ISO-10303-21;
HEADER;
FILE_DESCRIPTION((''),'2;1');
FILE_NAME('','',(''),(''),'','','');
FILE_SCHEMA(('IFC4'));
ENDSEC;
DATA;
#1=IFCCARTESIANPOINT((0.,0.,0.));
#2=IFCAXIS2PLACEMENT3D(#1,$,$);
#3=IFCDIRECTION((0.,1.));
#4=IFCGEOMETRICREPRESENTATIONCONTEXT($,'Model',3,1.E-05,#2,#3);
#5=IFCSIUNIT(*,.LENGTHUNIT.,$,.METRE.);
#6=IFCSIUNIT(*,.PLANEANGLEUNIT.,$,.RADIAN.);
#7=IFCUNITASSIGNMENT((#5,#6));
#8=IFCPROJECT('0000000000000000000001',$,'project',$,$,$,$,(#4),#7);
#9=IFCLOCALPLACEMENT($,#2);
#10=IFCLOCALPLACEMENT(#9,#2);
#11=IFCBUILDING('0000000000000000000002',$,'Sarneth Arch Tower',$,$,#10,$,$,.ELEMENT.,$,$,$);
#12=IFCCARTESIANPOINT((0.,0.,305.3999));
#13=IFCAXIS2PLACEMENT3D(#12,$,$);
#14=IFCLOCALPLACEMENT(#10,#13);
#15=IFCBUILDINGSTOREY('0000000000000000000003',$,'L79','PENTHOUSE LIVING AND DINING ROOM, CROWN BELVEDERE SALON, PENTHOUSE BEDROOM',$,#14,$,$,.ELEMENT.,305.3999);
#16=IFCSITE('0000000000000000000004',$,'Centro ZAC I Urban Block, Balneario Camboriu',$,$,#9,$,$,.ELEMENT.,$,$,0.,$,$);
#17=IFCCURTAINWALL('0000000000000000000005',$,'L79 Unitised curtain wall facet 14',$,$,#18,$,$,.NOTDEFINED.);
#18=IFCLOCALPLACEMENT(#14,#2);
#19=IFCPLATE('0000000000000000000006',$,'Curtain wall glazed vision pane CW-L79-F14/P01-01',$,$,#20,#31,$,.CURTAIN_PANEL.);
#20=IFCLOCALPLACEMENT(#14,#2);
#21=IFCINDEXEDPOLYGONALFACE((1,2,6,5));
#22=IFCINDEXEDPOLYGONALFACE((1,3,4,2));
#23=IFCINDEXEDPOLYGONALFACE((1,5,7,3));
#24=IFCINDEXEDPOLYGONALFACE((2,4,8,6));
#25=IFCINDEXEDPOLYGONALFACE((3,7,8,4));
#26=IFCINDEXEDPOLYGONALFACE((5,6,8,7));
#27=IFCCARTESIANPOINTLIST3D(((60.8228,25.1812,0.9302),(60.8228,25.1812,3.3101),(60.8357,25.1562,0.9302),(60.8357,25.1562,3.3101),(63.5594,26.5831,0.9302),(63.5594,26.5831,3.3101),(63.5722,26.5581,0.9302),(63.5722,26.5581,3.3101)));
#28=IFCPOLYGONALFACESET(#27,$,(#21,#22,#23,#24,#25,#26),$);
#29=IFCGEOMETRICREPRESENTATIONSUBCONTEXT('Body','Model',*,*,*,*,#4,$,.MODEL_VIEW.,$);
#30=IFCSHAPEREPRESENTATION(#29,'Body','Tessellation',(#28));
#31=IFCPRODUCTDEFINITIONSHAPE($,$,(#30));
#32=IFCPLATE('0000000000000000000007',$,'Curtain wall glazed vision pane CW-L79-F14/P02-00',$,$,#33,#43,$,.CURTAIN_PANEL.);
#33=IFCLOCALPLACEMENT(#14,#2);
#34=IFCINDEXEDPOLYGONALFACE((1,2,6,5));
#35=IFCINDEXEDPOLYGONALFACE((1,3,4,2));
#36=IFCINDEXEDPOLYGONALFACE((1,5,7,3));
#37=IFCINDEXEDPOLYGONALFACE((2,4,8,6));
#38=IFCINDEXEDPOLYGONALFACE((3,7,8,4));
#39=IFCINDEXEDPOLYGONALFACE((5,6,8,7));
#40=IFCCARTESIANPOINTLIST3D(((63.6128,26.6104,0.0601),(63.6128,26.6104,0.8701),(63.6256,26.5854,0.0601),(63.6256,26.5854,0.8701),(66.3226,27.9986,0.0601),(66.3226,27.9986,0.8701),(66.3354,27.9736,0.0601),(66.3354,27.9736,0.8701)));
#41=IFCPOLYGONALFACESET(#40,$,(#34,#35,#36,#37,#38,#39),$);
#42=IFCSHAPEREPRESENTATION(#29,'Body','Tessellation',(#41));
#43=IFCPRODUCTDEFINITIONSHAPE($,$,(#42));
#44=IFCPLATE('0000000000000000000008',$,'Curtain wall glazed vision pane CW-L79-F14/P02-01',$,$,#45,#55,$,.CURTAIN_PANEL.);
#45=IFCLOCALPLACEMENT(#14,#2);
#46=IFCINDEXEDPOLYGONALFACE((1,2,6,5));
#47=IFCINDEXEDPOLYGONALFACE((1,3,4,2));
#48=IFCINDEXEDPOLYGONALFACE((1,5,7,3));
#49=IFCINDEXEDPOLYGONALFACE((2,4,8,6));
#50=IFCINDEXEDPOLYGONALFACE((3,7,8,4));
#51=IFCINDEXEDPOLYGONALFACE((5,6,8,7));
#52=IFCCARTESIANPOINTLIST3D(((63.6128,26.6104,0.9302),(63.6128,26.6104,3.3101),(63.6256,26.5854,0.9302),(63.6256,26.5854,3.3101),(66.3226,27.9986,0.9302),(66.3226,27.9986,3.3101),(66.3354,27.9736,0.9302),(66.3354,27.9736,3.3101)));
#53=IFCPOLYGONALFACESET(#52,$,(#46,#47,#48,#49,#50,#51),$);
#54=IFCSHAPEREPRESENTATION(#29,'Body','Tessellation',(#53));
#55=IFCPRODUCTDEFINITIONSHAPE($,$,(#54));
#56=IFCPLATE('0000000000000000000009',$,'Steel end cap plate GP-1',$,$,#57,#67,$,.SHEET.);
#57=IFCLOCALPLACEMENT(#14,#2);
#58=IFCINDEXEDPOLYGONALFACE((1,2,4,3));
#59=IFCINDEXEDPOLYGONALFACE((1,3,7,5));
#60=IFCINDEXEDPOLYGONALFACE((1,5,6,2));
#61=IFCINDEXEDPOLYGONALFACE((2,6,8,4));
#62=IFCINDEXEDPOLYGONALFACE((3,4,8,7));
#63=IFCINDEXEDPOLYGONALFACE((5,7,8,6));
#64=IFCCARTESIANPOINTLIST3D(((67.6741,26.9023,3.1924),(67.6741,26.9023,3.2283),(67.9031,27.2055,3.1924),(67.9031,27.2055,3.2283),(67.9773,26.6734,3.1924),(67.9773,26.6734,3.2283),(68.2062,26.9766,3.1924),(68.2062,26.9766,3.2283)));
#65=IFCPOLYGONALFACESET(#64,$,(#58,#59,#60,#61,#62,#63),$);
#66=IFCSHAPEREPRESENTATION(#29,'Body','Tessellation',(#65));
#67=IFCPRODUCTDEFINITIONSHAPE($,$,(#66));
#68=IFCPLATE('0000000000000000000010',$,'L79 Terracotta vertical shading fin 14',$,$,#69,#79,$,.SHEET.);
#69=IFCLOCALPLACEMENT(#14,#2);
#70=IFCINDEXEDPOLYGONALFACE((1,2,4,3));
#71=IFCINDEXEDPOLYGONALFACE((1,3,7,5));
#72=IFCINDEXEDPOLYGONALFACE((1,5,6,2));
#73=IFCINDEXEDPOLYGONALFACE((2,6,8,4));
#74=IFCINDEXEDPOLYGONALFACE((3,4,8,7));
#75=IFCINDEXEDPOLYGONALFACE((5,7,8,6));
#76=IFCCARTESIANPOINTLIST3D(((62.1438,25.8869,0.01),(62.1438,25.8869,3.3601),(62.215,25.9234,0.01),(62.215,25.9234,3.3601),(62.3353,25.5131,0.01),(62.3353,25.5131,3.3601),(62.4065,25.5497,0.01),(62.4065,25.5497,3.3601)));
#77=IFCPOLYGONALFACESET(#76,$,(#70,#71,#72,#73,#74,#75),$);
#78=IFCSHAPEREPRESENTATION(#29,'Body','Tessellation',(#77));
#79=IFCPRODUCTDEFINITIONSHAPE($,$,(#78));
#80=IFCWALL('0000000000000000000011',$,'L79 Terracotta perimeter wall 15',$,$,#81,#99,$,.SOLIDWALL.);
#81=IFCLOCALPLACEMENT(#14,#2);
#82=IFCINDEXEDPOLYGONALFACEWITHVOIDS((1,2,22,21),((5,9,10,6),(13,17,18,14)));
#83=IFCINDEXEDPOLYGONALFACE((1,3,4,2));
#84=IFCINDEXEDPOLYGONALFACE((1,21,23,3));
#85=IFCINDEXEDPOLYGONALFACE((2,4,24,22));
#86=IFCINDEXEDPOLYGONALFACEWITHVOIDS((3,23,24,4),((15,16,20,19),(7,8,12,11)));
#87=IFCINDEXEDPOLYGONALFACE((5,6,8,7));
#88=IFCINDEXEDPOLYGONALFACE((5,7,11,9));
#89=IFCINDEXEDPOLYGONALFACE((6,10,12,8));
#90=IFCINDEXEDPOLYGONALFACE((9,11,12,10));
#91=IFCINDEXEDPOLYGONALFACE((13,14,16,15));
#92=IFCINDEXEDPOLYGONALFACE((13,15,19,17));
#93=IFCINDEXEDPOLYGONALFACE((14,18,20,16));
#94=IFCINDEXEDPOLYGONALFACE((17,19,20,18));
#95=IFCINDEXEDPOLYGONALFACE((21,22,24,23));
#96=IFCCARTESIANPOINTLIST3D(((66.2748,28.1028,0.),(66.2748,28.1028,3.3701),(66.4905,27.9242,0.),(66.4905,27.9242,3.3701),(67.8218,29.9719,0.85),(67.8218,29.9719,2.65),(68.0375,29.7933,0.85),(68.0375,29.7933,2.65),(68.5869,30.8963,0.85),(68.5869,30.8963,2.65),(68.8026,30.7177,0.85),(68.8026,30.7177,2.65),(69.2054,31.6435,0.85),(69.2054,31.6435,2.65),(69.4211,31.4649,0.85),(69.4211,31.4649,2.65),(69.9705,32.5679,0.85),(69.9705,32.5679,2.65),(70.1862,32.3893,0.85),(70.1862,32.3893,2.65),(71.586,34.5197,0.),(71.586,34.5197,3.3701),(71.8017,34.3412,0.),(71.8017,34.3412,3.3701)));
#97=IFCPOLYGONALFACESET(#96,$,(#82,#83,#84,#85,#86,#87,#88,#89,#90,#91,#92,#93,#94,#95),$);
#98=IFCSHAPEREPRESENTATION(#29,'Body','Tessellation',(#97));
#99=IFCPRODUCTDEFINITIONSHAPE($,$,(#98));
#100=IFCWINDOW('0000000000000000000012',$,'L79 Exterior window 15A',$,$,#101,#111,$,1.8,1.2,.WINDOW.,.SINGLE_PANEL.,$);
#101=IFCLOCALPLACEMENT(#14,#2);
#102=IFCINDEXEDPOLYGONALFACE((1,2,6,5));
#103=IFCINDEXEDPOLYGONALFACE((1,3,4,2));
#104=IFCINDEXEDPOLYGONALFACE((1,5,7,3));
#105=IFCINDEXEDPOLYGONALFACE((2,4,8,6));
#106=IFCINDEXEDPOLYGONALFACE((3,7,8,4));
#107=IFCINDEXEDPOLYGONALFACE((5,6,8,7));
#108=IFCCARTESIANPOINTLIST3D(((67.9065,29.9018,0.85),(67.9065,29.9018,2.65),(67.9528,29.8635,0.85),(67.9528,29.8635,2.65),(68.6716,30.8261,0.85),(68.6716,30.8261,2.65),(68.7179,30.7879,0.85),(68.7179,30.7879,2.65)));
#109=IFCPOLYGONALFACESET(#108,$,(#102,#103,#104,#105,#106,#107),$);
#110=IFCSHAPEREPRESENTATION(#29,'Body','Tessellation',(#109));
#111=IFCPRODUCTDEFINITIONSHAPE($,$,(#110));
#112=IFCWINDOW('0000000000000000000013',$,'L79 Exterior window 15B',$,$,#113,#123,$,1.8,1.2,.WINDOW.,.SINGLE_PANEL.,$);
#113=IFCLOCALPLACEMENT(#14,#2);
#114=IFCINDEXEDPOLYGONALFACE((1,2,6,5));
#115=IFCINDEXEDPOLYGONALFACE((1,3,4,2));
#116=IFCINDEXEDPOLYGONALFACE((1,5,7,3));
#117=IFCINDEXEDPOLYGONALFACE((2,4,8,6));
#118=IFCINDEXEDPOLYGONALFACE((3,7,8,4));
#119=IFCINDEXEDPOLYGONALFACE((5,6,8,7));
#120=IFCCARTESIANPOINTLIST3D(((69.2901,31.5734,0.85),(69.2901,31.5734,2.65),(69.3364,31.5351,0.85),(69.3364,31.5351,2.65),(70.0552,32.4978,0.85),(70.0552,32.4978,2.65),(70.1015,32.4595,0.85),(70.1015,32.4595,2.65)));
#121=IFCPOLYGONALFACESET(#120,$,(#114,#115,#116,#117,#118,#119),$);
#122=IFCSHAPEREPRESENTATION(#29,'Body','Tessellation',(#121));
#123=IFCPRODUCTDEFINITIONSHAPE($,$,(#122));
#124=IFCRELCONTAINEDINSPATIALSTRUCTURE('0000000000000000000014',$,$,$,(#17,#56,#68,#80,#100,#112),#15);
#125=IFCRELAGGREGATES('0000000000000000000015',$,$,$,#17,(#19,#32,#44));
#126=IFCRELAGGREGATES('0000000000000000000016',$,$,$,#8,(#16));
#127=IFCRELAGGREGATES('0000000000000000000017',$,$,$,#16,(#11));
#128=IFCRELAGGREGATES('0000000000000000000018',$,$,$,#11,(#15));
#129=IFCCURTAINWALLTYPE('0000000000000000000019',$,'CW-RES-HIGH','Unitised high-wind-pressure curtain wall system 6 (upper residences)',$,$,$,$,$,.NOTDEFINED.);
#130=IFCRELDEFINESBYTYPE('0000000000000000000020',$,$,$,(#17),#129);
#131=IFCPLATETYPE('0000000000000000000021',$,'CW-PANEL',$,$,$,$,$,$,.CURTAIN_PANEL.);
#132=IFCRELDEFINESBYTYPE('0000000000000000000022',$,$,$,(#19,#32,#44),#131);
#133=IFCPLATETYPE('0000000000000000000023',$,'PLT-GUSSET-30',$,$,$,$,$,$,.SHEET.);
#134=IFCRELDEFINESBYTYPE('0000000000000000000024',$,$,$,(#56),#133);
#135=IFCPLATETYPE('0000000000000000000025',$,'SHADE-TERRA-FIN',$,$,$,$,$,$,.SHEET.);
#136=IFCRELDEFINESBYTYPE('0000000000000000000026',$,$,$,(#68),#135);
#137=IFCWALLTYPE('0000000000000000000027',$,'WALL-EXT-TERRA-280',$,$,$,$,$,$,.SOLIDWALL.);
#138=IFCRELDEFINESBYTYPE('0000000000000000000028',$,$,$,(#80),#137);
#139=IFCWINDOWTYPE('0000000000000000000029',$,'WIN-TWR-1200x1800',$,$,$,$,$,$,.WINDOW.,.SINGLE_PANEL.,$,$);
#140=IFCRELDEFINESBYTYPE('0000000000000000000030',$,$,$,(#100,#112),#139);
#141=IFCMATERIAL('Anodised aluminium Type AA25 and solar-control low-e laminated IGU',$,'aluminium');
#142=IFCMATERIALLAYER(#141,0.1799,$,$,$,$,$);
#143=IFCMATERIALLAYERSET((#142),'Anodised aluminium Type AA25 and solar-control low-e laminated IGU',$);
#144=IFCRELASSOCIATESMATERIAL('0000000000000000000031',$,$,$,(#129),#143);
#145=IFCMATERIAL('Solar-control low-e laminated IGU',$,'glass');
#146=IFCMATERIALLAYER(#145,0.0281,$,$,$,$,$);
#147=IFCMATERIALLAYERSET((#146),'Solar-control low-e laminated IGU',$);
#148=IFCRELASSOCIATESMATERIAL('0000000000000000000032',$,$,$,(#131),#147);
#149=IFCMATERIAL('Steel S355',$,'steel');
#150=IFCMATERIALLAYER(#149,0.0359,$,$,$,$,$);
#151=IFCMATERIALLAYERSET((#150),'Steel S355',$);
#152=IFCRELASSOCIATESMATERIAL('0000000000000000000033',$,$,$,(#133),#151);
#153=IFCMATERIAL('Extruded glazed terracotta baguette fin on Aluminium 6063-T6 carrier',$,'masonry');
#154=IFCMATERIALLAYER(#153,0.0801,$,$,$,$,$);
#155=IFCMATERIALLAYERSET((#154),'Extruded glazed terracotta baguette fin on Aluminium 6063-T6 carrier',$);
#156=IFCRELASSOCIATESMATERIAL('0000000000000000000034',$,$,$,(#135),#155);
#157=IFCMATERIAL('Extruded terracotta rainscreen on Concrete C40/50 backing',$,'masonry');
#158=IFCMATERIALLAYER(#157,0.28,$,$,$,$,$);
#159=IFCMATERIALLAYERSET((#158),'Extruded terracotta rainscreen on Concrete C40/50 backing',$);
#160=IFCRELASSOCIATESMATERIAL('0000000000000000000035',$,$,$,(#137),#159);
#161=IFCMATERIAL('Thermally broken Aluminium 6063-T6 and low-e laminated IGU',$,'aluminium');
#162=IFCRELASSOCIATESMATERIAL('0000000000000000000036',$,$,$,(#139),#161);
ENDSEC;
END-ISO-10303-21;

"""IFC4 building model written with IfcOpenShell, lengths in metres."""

from ifc_helpers import new_model, si_unit, direction, frame, frame_2d, origin, origin_2d, place, context, subcontext, project, spatial, rectangle, extrude, material, layer, layer_set, type_object, element, fill, aggregate, save


model = new_model("IFC4")

# Units and contexts
model_context = context("Model", 3, precision=1e-05, world=origin(), true_north=direction((0.0, 1.0)))
body_context = subcontext(model_context, "Body", "Model", "MODEL_VIEW")
ifc_project = project(units=[si_unit("LENGTHUNIT", "METRE"), si_unit("PLANEANGLEUNIT", "RADIAN")], contexts=[model_context])

# Site, building, storey
site_placement = place(None, origin())
site = spatial("IfcSite", under=ifc_project, at=site_placement, Name="Centro ZAC I Urban Block, Balneario Camboriu", CompositionType="ELEMENT", RefElevation=0.0)
building_placement = place(site_placement, origin())
building = spatial("IfcBuilding", under=site, at=building_placement, Name="Sarneth Arch Tower", CompositionType="ELEMENT")
storey_placement = place(building_placement, frame((0.0, 0.0, 305.3999)))
storey = spatial("IfcBuildingStorey", under=building, at=storey_placement, Name="L79", Description="PENTHOUSE LIVING AND DINING ROOM, CROWN BELVEDERE SALON, PENTHOUSE BEDROOM", CompositionType="ELEMENT", Elevation=305.3999)

# Curtain wall
ifc_material_1 = material(Name="Anodised aluminium Type AA25 and solar-control low-e laminated IGU", Category="aluminium")
ifc_layer_1 = layer(ifc_material_1, 0.1799)
ifc_layer_set_1 = layer_set([ifc_layer_1], Name="Anodised aluminium Type AA25 and solar-control low-e laminated IGU")
curtain_wall_type = type_object("IfcCurtainWallType", Name="CW-RES-HIGH", Description="Unitised high-wind-pressure curtain wall system 6 (upper residences)", PredefinedType="NOTDEFINED", material=ifc_layer_set_1)
curtain_wall_placement = place(storey_placement, origin())
curtain_wall = element("IfcCurtainWall", 1, at=curtain_wall_placement, inside=storey, type_object=curtain_wall_type, Name="L79 Unitised curtain wall facet 14", PredefinedType="NOTDEFINED")

# Plates
ifc_material_2 = material(Name="Solar-control low-e laminated IGU", Category="glass")
ifc_layer_2 = layer(ifc_material_2, 0.0281)
ifc_layer_set_2 = layer_set([ifc_layer_2], Name="Solar-control low-e laminated IGU")
plate_type_1 = type_object("IfcPlateType", Name="CW-PANEL", PredefinedType="CURTAIN_PANEL", material=ifc_layer_set_2)
plate_1_placement = place(storey_placement, frame((62.1975, 25.8696, 0.9302), z_axis=(0.0, 0.0, 1.0), x_axis=(0.89001, 0.455942, 0.0)))
plate_1 = element("IfcPlate", 2, at=plate_1_placement, type_object=plate_type_1, Name="Curtain wall glazed vision pane CW-L79-F14/P01-01", PredefinedType="CURTAIN_PANEL", context=body_context, shape_type="SweptSolid", body=[
    extrude(rectangle(XDim=3.0747, YDim=0.0281, at=origin_2d()), origin(), (0.0, 0.0, 1.0), 2.3799),
])
plate_2_placement = place(storey_placement, frame((64.9741, 27.292, 0.0601), z_axis=(0.0, 0.0, 1.0), x_axis=(0.89001, 0.455942, 0.0)))
plate_2 = element("IfcPlate", 3, at=plate_2_placement, type_object=plate_type_1, Name="Curtain wall glazed vision pane CW-L79-F14/P02-00", PredefinedType="CURTAIN_PANEL", context=body_context, shape_type="SweptSolid", body=[
    extrude(rectangle(XDim=3.0447, YDim=0.0281, at=origin_2d()), origin(), (0.0, 0.0, 1.0), 0.8101),
])
plate_3_placement = place(storey_placement, frame((64.9741, 27.292, 0.9302), z_axis=(0.0, 0.0, 1.0), x_axis=(0.89001, 0.455942, 0.0)))
plate_3 = element("IfcPlate", 4, at=plate_3_placement, type_object=plate_type_1, Name="Curtain wall glazed vision pane CW-L79-F14/P02-01", PredefinedType="CURTAIN_PANEL", context=body_context, shape_type="SweptSolid", body=[
    extrude(rectangle(XDim=3.0447, YDim=0.0281, at=origin_2d()), origin(), (0.0, 0.0, 1.0), 2.3799),
])
aggregate(curtain_wall, [plate_1, plate_2, plate_3])

# Plates
ifc_material_3 = material(Name="Steel S355", Category="steel")
ifc_layer_3 = layer(ifc_material_3, 0.0359)
ifc_layer_set_3 = layer_set([ifc_layer_3], Name="Steel S355")
plate_type_2 = type_object("IfcPlateType", Name="PLT-GUSSET-30", PredefinedType="SHEET", material=ifc_layer_set_3)
plate_4_placement = place(storey_placement, frame((67.9402, 26.9395, 3.1924), z_axis=(0.0, 0.0, 1.0), x_axis=(0.798005, -0.602651, 0.0)))
element("IfcPlate", 5, at=plate_4_placement, inside=storey, type_object=plate_type_2, Name="Steel end cap plate GP-1", PredefinedType="SHEET", context=body_context, shape_type="SweptSolid", body=[
    extrude(rectangle(XDim=0.3799, YDim=0.3799, at=origin_2d()), origin(), (0.0, 0.0, 1.0), 0.0359),
])
ifc_material_4 = material(Name="Extruded glazed terracotta baguette fin on Aluminium 6063-T6 carrier", Category="masonry")
ifc_layer_4 = layer(ifc_material_4, 0.0801)
ifc_layer_set_4 = layer_set([ifc_layer_4], Name="Extruded glazed terracotta baguette fin on Aluminium 6063-T6 carrier")
plate_type_3 = type_object("IfcPlateType", Name="SHADE-TERRA-FIN", PredefinedType="SHEET", material=ifc_layer_set_4)
plate_5_placement = place(storey_placement, frame((62.2751, 25.7183, 0.01), z_axis=(0.0, 0.0, 1.0), x_axis=(0.456011, -0.889974, 0.0)))
element("IfcPlate", 6, at=plate_5_placement, inside=storey, type_object=plate_type_3, Name="L79 Terracotta vertical shading fin 14", PredefinedType="SHEET", context=body_context, shape_type="SweptSolid", body=[
    extrude(rectangle(XDim=0.4199, YDim=0.0801, at=origin_2d()), origin(), (0.0, 0.0, 1.0), 3.3501),
])

# Wall, openings, windows
ifc_material_5 = material(Name="Extruded terracotta rainscreen on Concrete C40/50 backing", Category="masonry")
ifc_layer_5 = layer(ifc_material_5, 0.28)
ifc_layer_set_5 = layer_set([ifc_layer_5], Name="Extruded terracotta rainscreen on Concrete C40/50 backing")
wall_type = type_object("IfcWallType", Name="WALL-EXT-TERRA-280", PredefinedType="SOLIDWALL", material=ifc_layer_set_5)
wall_placement = place(storey_placement, frame((66.3826, 28.0134, 0.0), z_axis=(0.0, 0.0, 1.0), x_axis=(0.637615, 0.770355, 0.0)))
wall = element("IfcWall", 7, at=wall_placement, inside=storey, type_object=wall_type, Name="L79 Terracotta perimeter wall 15", PredefinedType="SOLIDWALL", context=body_context, shape_type="SweptSolid", body=[
    extrude(rectangle(XDim=8.3298, YDim=0.28, at=frame_2d((4.165, 0.0))), origin(), (0.0, 0.0, 1.0), 3.3701),
])
opening_1_placement = place(wall_placement, frame((2.4263, 0.0, 0.8501)))
opening_1 = element("IfcOpeningElement", 8, at=opening_1_placement, cuts=wall, PredefinedType="OPENING", context=body_context, shape_type="SweptSolid", body=[
    extrude(rectangle(XDim=1.2, YDim=1.8, at=frame_2d((0.6001, 0.8999))), frame((0.0, 0.1499, 0.0), z_axis=(0.0, -1.0, 0.0), x_axis=(1.0, 0.0, 0.0)), (0.0, 0.0, 1.0), 0.3),
])
opening_2_placement = place(wall_placement, frame((4.5962, 0.0, 0.8501)))
opening_2 = element("IfcOpeningElement", 9, at=opening_2_placement, cuts=wall, PredefinedType="OPENING", context=body_context, shape_type="SweptSolid", body=[
    extrude(rectangle(XDim=1.2, YDim=1.8, at=frame_2d((0.6001, 0.8999))), frame((0.0, 0.1499, 0.0), z_axis=(0.0, -1.0, 0.0), x_axis=(1.0, 0.0, 0.0)), (0.0, 0.0, 1.0), 0.3),
])
ifc_material_6 = material(Name="Thermally broken Aluminium 6063-T6 and low-e laminated IGU", Category="aluminium")
window_type = type_object("IfcWindowType", Name="WIN-TWR-1200x1800", PartitioningType="SINGLE_PANEL", PredefinedType="WINDOW", material=ifc_material_6)
window_1_placement = place(opening_1_placement, origin())
window_1 = element("IfcWindow", 10, at=window_1_placement, inside=storey, type_object=window_type, Name="L79 Exterior window 15A", OverallHeight=1.8, OverallWidth=1.2, PartitioningType="SINGLE_PANEL", PredefinedType="WINDOW", context=body_context, shape_type="SweptSolid", body=[
    extrude(rectangle(XDim=1.2, YDim=1.8, at=frame_2d((0.6001, 0.8999))), frame((0.0, 0.03, 0.0), z_axis=(0.0, -1.0, 0.0), x_axis=(1.0, 0.0, 0.0)), (0.0, 0.0, 1.0), 0.0601),
])
fill(opening_1, window_1)
window_2_placement = place(opening_2_placement, origin())
window_2 = element("IfcWindow", 11, at=window_2_placement, inside=storey, type_object=window_type, Name="L79 Exterior window 15B", OverallHeight=1.8, OverallWidth=1.2, PartitioningType="SINGLE_PANEL", PredefinedType="WINDOW", context=body_context, shape_type="SweptSolid", body=[
    extrude(rectangle(XDim=1.2, YDim=1.8, at=frame_2d((0.6001, 0.8999))), frame((0.0, 0.03, 0.0), z_axis=(0.0, -1.0, 0.0), x_axis=(1.0, 0.0, 0.0)), (0.0, 0.0, 1.0), 0.0601),
])
fill(opening_2, window_2)

save(model, "model.ifc")
